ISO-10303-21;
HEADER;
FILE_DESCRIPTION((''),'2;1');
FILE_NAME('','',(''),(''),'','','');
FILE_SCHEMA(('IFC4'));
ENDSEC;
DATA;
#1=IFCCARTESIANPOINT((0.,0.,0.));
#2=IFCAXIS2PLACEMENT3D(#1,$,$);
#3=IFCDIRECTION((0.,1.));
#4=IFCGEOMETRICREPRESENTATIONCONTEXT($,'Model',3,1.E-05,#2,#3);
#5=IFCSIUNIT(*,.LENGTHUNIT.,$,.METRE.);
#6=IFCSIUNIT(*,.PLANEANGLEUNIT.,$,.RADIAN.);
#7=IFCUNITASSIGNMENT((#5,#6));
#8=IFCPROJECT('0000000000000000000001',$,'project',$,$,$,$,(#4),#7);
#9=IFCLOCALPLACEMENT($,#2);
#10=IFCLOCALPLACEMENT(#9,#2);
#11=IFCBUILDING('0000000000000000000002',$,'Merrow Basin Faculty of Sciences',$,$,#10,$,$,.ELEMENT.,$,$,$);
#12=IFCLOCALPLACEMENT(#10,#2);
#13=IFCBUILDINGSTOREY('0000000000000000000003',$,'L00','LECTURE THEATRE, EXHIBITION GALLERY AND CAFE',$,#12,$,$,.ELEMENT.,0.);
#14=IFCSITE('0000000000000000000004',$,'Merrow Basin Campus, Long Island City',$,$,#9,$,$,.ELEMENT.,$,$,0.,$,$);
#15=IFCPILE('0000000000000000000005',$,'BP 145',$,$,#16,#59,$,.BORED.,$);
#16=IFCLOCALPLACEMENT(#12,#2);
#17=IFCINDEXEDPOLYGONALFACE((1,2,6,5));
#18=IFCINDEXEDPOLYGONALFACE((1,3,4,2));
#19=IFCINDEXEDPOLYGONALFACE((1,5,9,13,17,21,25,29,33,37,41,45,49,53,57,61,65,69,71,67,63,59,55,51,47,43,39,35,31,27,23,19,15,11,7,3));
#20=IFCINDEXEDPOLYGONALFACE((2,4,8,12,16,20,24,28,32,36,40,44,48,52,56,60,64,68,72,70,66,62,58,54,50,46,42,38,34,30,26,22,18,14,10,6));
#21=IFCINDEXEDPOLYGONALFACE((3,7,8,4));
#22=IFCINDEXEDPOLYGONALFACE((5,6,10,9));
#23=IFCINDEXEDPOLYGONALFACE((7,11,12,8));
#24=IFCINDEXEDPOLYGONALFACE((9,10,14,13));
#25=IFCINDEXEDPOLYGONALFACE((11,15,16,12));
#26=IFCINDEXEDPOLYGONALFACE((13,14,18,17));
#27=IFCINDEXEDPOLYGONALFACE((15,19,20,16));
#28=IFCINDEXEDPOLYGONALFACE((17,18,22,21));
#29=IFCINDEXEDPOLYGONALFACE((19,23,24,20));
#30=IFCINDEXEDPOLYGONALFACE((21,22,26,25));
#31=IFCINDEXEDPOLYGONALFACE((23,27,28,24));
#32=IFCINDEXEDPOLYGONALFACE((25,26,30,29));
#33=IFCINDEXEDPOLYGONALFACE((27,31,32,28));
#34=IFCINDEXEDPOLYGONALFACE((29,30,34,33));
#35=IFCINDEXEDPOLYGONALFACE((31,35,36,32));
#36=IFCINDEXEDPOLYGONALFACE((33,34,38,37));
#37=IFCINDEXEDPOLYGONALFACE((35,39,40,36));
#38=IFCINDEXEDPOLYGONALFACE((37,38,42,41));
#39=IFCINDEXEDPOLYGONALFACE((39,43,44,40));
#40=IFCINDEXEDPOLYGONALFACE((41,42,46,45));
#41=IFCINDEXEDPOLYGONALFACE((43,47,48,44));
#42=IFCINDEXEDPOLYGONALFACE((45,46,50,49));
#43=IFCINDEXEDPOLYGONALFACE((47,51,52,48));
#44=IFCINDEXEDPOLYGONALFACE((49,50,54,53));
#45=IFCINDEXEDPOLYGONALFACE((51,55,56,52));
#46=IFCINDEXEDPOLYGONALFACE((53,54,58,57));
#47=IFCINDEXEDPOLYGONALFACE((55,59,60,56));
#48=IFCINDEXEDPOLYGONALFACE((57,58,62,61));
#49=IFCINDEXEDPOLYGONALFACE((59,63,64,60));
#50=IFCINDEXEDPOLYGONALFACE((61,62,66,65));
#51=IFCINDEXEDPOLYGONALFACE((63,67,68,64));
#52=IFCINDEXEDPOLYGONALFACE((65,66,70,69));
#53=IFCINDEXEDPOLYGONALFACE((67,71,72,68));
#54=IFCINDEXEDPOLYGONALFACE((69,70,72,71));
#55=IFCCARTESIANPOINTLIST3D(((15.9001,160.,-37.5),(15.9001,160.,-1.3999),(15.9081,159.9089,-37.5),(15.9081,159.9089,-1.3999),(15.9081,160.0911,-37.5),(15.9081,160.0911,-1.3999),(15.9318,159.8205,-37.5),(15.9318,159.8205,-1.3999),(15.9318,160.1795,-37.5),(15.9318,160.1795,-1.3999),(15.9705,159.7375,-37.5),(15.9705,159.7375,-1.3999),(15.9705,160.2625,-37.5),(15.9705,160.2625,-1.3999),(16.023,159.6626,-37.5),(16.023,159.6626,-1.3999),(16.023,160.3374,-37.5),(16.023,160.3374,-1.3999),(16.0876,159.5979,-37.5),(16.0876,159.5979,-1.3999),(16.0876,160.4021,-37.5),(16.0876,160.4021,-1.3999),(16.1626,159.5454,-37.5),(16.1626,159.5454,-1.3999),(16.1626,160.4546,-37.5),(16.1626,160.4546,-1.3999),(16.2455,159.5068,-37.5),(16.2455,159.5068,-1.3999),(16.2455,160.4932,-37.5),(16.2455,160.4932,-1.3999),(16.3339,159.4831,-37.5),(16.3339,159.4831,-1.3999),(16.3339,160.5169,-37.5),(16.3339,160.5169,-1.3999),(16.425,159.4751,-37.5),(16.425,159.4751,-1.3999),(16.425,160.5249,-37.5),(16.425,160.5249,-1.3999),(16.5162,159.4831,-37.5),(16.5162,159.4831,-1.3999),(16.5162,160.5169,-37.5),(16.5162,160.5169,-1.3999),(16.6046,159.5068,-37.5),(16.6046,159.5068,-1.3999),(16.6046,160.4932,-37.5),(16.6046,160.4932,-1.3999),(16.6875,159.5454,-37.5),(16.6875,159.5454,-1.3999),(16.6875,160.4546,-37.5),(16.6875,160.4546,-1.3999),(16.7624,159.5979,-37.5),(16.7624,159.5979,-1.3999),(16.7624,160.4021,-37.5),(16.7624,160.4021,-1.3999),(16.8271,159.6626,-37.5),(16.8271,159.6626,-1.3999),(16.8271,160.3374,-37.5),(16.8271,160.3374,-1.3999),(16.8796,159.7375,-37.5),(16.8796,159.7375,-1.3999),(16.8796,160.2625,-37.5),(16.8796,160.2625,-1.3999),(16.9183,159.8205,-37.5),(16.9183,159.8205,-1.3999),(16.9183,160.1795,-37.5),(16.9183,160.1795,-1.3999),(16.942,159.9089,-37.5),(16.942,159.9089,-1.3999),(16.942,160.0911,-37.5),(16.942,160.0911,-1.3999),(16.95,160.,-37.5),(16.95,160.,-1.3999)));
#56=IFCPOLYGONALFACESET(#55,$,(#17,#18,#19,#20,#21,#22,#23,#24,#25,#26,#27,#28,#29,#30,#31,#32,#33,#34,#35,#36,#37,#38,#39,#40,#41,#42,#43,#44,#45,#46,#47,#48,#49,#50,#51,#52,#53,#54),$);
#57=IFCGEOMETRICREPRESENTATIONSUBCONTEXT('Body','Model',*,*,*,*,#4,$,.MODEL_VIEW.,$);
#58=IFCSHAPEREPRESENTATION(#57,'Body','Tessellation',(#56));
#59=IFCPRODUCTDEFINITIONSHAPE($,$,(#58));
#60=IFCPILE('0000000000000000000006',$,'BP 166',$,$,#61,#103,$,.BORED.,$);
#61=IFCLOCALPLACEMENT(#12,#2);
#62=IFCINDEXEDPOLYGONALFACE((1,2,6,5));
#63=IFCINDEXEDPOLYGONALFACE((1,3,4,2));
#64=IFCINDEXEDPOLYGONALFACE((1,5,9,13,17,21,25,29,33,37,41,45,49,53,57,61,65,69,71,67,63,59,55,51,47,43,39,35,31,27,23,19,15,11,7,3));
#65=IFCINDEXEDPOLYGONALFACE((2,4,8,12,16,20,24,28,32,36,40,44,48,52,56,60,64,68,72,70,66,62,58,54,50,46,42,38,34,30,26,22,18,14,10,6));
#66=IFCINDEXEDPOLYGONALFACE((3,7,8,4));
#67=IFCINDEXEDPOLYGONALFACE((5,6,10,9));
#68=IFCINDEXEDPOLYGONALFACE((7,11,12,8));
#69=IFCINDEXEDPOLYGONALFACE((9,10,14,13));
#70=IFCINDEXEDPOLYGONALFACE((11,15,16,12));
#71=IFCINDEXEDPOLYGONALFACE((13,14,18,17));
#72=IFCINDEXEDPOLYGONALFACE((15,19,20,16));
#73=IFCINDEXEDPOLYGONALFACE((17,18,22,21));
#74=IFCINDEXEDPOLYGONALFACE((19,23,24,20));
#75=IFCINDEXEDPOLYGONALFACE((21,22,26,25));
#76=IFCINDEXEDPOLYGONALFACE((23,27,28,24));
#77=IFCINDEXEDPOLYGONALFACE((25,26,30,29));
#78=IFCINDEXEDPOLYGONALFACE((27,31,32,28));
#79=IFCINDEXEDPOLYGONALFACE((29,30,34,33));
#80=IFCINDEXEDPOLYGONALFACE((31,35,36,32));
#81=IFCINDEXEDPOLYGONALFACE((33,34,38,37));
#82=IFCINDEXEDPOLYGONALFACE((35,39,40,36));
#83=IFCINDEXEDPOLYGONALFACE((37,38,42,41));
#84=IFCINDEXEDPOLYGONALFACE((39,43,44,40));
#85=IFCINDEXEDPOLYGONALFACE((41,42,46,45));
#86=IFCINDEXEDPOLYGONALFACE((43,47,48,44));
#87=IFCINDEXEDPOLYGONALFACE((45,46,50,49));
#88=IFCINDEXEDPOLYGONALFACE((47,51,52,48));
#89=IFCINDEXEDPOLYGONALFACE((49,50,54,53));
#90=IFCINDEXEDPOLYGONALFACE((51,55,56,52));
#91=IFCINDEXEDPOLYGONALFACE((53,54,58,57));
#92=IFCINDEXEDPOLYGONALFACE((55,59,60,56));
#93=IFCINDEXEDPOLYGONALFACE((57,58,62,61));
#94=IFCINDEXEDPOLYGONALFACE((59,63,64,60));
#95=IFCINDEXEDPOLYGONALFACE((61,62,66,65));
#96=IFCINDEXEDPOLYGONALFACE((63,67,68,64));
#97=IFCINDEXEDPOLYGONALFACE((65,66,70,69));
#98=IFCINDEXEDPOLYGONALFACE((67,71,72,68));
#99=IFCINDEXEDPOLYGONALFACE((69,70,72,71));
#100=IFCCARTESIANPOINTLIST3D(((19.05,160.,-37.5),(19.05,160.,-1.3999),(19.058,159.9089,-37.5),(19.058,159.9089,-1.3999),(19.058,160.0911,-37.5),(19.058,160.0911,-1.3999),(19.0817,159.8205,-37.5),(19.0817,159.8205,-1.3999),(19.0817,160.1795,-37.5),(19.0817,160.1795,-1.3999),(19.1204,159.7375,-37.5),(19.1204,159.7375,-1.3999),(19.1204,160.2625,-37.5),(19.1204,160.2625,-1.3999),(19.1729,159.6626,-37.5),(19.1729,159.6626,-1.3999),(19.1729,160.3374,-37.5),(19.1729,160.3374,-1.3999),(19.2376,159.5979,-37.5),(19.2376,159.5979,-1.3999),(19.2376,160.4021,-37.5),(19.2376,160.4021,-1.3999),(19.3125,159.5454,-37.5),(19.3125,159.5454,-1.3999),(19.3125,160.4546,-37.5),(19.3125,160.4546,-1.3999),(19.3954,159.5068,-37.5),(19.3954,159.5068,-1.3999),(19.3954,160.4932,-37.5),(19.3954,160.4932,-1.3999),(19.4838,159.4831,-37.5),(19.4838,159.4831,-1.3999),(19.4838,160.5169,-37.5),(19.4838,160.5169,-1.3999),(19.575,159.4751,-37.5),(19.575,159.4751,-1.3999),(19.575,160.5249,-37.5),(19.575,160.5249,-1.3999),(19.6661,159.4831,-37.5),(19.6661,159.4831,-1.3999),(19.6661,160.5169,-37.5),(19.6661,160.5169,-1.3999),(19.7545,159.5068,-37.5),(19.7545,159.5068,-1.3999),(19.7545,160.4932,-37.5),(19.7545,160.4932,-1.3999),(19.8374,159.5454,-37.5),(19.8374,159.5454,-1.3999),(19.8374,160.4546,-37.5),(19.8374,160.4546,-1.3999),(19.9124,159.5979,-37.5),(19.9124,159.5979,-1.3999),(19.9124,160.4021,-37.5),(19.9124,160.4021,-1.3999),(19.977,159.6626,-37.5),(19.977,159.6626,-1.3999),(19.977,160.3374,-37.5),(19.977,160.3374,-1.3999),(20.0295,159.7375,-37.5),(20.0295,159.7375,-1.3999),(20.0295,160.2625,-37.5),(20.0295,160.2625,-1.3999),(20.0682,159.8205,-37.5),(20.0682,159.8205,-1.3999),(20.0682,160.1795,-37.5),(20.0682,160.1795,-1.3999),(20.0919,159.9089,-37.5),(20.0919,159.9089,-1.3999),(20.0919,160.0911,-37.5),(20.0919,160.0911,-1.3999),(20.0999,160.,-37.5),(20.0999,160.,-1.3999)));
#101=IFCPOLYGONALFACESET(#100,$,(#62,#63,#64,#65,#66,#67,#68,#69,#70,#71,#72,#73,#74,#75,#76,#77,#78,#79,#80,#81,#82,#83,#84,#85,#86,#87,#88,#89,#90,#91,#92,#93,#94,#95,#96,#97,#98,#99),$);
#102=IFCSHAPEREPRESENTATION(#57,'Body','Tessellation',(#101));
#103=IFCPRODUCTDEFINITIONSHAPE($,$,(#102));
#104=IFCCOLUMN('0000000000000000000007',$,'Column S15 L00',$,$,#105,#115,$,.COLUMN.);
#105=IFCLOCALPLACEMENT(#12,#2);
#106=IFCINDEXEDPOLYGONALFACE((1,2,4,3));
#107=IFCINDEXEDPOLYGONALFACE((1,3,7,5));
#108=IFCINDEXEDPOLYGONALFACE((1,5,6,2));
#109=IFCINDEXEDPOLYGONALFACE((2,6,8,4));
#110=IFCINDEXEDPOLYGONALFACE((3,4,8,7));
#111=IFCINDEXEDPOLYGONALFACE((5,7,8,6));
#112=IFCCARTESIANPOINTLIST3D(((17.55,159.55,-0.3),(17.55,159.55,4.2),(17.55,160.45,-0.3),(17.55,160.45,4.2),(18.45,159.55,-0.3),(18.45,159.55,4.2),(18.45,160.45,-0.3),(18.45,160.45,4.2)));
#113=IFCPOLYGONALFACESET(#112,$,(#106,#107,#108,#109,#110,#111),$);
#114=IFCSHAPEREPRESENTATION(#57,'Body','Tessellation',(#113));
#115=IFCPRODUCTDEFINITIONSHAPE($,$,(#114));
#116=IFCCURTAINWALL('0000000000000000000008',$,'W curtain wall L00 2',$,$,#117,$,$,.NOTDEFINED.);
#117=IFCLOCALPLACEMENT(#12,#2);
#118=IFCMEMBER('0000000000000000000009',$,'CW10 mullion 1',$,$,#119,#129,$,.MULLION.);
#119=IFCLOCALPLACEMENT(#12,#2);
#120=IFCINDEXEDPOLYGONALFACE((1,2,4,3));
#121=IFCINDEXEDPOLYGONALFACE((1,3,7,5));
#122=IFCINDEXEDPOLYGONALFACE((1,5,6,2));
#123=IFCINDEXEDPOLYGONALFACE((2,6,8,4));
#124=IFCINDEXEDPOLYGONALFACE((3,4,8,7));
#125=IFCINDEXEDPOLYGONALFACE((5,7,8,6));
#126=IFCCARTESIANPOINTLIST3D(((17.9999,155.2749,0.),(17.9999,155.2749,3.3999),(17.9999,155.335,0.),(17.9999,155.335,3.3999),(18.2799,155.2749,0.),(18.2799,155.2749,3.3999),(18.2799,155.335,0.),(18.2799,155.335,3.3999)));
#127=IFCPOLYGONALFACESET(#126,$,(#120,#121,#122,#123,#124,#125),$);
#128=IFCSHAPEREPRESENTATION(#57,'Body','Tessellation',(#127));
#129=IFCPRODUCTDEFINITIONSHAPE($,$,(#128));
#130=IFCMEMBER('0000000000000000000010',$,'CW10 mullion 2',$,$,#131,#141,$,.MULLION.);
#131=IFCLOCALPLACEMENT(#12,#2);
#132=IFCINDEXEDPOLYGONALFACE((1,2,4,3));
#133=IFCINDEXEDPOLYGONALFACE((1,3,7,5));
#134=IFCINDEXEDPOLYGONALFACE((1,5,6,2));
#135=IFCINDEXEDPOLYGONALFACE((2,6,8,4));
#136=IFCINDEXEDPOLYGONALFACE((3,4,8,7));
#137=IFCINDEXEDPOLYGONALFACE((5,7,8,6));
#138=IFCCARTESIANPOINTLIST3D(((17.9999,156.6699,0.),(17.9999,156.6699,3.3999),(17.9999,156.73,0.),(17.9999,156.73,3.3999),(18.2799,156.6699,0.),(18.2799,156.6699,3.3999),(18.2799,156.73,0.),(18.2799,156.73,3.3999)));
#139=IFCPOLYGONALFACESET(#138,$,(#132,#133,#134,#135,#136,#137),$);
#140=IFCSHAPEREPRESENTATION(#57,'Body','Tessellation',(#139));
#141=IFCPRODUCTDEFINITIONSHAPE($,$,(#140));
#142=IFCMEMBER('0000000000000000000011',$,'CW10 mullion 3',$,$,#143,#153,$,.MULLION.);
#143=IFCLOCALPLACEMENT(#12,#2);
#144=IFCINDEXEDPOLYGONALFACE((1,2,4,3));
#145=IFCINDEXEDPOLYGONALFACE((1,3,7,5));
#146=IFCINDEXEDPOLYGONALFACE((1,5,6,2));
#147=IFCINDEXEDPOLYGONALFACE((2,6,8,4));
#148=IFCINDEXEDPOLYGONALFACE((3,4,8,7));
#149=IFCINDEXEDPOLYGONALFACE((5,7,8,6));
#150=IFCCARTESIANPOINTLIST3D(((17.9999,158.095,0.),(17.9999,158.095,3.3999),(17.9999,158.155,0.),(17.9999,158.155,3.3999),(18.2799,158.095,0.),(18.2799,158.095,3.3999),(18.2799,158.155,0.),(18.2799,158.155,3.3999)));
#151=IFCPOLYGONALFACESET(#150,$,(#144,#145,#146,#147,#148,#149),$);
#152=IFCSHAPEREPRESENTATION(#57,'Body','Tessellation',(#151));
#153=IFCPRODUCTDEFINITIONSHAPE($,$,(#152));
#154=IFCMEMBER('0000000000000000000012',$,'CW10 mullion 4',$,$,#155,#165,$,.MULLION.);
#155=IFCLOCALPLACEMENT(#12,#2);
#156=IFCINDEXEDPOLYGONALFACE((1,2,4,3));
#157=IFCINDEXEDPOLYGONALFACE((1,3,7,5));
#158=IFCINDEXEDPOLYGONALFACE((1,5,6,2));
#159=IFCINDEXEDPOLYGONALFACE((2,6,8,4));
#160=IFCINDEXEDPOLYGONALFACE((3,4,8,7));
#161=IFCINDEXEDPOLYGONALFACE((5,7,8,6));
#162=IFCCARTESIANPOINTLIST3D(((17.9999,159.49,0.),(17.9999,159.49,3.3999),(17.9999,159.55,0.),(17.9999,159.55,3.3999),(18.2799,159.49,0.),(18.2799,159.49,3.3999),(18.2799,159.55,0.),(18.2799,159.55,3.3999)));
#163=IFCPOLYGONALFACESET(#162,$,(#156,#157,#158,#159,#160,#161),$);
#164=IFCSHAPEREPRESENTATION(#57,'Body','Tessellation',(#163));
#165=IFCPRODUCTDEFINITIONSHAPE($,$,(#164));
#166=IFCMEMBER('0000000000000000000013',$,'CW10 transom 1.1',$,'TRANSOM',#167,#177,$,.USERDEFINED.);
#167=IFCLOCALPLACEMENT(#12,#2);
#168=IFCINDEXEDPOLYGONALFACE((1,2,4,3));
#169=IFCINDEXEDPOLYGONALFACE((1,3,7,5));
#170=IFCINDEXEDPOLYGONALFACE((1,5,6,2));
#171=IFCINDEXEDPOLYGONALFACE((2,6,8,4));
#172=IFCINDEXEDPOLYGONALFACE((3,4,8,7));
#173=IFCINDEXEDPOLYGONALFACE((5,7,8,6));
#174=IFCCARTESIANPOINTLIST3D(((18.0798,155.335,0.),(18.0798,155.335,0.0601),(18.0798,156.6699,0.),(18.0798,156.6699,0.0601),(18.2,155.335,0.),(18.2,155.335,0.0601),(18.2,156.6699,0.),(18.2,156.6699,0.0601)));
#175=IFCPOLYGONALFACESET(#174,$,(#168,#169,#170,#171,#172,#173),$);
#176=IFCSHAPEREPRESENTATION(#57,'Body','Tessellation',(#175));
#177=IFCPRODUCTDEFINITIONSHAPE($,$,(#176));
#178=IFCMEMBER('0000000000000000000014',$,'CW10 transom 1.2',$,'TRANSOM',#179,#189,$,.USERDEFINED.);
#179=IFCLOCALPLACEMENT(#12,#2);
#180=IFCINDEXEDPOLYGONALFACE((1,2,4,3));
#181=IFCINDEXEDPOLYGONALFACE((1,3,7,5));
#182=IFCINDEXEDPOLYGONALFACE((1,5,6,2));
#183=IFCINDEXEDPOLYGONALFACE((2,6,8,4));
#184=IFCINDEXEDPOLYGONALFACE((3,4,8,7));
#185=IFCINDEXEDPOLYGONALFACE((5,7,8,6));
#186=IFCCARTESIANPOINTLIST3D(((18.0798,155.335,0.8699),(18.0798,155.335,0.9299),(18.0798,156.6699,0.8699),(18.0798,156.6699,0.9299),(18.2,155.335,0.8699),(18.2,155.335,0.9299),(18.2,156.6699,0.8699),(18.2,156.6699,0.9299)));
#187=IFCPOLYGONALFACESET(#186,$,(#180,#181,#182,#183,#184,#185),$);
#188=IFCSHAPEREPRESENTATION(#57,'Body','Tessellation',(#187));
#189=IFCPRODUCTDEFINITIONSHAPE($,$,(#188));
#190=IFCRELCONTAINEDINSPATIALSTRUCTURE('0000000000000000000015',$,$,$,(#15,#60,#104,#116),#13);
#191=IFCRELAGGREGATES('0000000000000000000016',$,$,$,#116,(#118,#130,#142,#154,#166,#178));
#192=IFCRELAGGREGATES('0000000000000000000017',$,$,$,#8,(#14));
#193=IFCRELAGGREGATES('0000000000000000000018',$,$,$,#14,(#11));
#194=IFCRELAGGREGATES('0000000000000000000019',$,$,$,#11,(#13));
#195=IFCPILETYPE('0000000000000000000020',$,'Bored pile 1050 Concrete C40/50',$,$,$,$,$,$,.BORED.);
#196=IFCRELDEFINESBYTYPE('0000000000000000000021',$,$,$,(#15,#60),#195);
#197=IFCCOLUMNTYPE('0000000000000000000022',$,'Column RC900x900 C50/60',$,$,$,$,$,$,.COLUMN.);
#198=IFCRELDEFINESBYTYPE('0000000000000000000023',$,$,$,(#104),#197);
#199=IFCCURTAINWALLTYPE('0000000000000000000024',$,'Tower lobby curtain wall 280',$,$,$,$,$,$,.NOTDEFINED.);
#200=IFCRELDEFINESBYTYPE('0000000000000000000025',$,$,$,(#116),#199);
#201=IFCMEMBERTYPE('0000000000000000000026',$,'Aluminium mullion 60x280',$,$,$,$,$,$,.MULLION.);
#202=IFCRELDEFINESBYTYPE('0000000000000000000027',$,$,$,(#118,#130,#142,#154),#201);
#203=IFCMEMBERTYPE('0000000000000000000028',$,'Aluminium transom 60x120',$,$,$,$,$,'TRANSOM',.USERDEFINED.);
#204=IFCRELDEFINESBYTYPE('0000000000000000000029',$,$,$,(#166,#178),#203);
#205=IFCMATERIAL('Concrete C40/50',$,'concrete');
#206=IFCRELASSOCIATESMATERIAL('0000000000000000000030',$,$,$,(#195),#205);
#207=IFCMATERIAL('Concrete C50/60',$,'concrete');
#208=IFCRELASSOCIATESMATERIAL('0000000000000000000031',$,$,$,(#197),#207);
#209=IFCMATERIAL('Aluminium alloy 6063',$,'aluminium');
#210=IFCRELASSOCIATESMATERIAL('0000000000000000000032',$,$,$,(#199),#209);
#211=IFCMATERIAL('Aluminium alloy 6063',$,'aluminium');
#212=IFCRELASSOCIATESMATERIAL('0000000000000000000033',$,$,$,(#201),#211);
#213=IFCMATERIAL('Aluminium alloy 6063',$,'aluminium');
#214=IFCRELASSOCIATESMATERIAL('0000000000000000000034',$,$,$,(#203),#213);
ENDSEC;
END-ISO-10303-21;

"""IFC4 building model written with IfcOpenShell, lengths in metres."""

from ifc_helpers import new_model, si_unit, direction, frame, origin, origin_2d, place, context, subcontext, project, spatial, rectangle, circle, extrude, material, material_profile, profile_set, type_object, element, aggregate, save


model = new_model("IFC4")

# Units and contexts
model_context = context("Model", 3, precision=1e-05, world=origin(), true_north=direction((0.0, 1.0)))
body_context = subcontext(model_context, "Body", "Model", "MODEL_VIEW")
ifc_project = project(units=[si_unit("LENGTHUNIT", "METRE"), si_unit("PLANEANGLEUNIT", "RADIAN")], contexts=[model_context])

# Site, building, storey
site_placement = place(None, origin())
site = spatial("IfcSite", under=ifc_project, at=site_placement, Name="Merrow Basin Campus, Long Island City", CompositionType="ELEMENT", RefElevation=0.0)
building_placement = place(site_placement, origin())
building = spatial("IfcBuilding", under=site, at=building_placement, Name="Merrow Basin Faculty of Sciences", CompositionType="ELEMENT")
storey_placement = place(building_placement, origin())
storey = spatial("IfcBuildingStorey", under=building, at=storey_placement, Name="L00", Description="LECTURE THEATRE, EXHIBITION GALLERY AND CAFE", CompositionType="ELEMENT", Elevation=0.0)

# Piles
ifc_material_1 = material(Name="Concrete C40/50", Category="concrete")
ifc_material_profile_1 = material_profile(ifc_material_1, circle(Radius=0.5249, at=origin_2d()))
ifc_profile_set_1 = profile_set([ifc_material_profile_1], Name="Concrete C40/50")
pile_type = type_object("IfcPileType", Name="Bored pile 1050 Concrete C40/50", PredefinedType="BORED", material=ifc_profile_set_1)
for number, where, z_axis, x_axis, name in (
    (1, (16.425, 160.0, -1.3999), (0.0, 0.0, -1.0), (1.0, 0.0, 0.0), "BP 145"),
    (2, (19.575, 160.0, -1.3999), (0.0, 0.0, -1.0), (1.0, 0.0, 0.0), "BP 166"),
):
    element("IfcPile", number, at=place(storey_placement, frame(where, z_axis=z_axis, x_axis=x_axis)), inside=storey, type_object=pile_type, Name=name, PredefinedType="BORED", context=body_context, shape_type="SweptSolid", body=[
        extrude(circle(Radius=0.5249, at=origin_2d()), origin(), (0.0, 0.0, 1.0), 36.1001),
    ])

# Column
ifc_material_2 = material(Name="Concrete C50/60", Category="concrete")
ifc_material_profile_2 = material_profile(ifc_material_2, rectangle(XDim=0.8999, YDim=0.8999, at=origin_2d()))
ifc_profile_set_2 = profile_set([ifc_material_profile_2], Name="Concrete C50/60")
column_type = type_object("IfcColumnType", Name="Column RC900x900 C50/60", PredefinedType="COLUMN", material=ifc_profile_set_2)
column_placement = place(storey_placement, frame((18.0, 160.0, -0.3), z_axis=(0.0, 0.0, 1.0), x_axis=(1.0, 0.0, 0.0)))
element("IfcColumn", 3, at=column_placement, inside=storey, type_object=column_type, Name="Column S15 L00", PredefinedType="COLUMN", context=body_context, shape_type="SweptSolid", body=[
    extrude(rectangle(XDim=0.8999, YDim=0.8999, at=origin_2d()), origin(), (0.0, 0.0, 1.0), 4.5),
])

# Curtain wall, members
ifc_material_3 = material(Name="Aluminium alloy 6063", Category="aluminium")
curtain_wall_type = type_object("IfcCurtainWallType", Name="Tower lobby curtain wall 280", PredefinedType="NOTDEFINED", material=ifc_material_3)
curtain_wall_placement = place(storey_placement, origin())
curtain_wall = element("IfcCurtainWall", 4, at=curtain_wall_placement, inside=storey, type_object=curtain_wall_type, Name="W curtain wall L00 2", PredefinedType="NOTDEFINED")
ifc_material_4 = material(Name="Aluminium alloy 6063", Category="aluminium")
ifc_material_profile_3 = material_profile(ifc_material_4, rectangle(XDim=0.28, YDim=0.0601, at=origin_2d()))
ifc_profile_set_3 = profile_set([ifc_material_profile_3], Name="Aluminium alloy 6063")
member_type_1 = type_object("IfcMemberType", Name="Aluminium mullion 60x280", PredefinedType="MULLION", material=ifc_profile_set_3)
member_1_placement = place(storey_placement, frame((18.1399, 155.3049, 0.0), z_axis=(0.0, 0.0, 1.0), x_axis=(-1.0, 0.0, 0.0)))
member_1 = element("IfcMember", 5, at=member_1_placement, type_object=member_type_1, Name="CW10 mullion 1", PredefinedType="MULLION", context=body_context, shape_type="SweptSolid", body=[
    extrude(rectangle(XDim=0.28, YDim=0.0601, at=origin_2d()), origin(), (0.0, 0.0, 1.0), 3.3999),
])
member_2_placement = place(storey_placement, frame((18.1399, 156.7, 0.0), z_axis=(0.0, 0.0, 1.0), x_axis=(-1.0, 0.0, 0.0)))
member_2 = element("IfcMember", 6, at=member_2_placement, type_object=member_type_1, Name="CW10 mullion 2", PredefinedType="MULLION", context=body_context, shape_type="SweptSolid", body=[
    extrude(rectangle(XDim=0.28, YDim=0.0601, at=origin_2d()), origin(), (0.0, 0.0, 1.0), 3.3999),
])
member_3_placement = place(storey_placement, frame((18.1399, 158.125, 0.0), z_axis=(0.0, 0.0, 1.0), x_axis=(-1.0, 0.0, 0.0)))
member_3 = element("IfcMember", 7, at=member_3_placement, type_object=member_type_1, Name="CW10 mullion 3", PredefinedType="MULLION", context=body_context, shape_type="SweptSolid", body=[
    extrude(rectangle(XDim=0.28, YDim=0.0601, at=origin_2d()), origin(), (0.0, 0.0, 1.0), 3.3999),
])
member_4_placement = place(storey_placement, frame((18.1399, 159.52, 0.0), z_axis=(0.0, 0.0, 1.0), x_axis=(-1.0, 0.0, 0.0)))
member_4 = element("IfcMember", 8, at=member_4_placement, type_object=member_type_1, Name="CW10 mullion 4", PredefinedType="MULLION", context=body_context, shape_type="SweptSolid", body=[
    extrude(rectangle(XDim=0.28, YDim=0.0601, at=origin_2d()), origin(), (0.0, 0.0, 1.0), 3.3999),
])
ifc_material_5 = material(Name="Aluminium alloy 6063", Category="aluminium")
ifc_material_profile_4 = material_profile(ifc_material_5, rectangle(XDim=0.1201, YDim=0.0601, at=origin_2d()))
ifc_profile_set_4 = profile_set([ifc_material_profile_4], Name="Aluminium alloy 6063")
member_type_2 = type_object("IfcMemberType", Name="Aluminium transom 60x120", ElementType="TRANSOM", PredefinedType="USERDEFINED", material=ifc_profile_set_4)
member_5_placement = place(storey_placement, frame((18.1399, 155.335, 0.03), z_axis=(0.0, 1.0, 0.0), x_axis=(-1.0, 0.0, 0.0)))
member_5 = element("IfcMember", 9, at=member_5_placement, type_object=member_type_2, Name="CW10 transom 1.1", ObjectType="TRANSOM", PredefinedType="USERDEFINED", context=body_context, shape_type="SweptSolid", body=[
    extrude(rectangle(XDim=0.1201, YDim=0.0601, at=origin_2d()), origin(), (0.0, 0.0, 1.0), 1.335),
])
member_6_placement = place(storey_placement, frame((18.1399, 155.335, 0.8999), z_axis=(0.0, 1.0, 0.0), x_axis=(-1.0, 0.0, 0.0)))
member_6 = element("IfcMember", 10, at=member_6_placement, type_object=member_type_2, Name="CW10 transom 1.2", ObjectType="TRANSOM", PredefinedType="USERDEFINED", context=body_context, shape_type="SweptSolid", body=[
    extrude(rectangle(XDim=0.1201, YDim=0.0601, at=origin_2d()), origin(), (0.0, 0.0, 1.0), 1.335),
])
aggregate(curtain_wall, [member_1, member_2, member_3, member_4, member_5, member_6])

save(model, "model.ifc")
